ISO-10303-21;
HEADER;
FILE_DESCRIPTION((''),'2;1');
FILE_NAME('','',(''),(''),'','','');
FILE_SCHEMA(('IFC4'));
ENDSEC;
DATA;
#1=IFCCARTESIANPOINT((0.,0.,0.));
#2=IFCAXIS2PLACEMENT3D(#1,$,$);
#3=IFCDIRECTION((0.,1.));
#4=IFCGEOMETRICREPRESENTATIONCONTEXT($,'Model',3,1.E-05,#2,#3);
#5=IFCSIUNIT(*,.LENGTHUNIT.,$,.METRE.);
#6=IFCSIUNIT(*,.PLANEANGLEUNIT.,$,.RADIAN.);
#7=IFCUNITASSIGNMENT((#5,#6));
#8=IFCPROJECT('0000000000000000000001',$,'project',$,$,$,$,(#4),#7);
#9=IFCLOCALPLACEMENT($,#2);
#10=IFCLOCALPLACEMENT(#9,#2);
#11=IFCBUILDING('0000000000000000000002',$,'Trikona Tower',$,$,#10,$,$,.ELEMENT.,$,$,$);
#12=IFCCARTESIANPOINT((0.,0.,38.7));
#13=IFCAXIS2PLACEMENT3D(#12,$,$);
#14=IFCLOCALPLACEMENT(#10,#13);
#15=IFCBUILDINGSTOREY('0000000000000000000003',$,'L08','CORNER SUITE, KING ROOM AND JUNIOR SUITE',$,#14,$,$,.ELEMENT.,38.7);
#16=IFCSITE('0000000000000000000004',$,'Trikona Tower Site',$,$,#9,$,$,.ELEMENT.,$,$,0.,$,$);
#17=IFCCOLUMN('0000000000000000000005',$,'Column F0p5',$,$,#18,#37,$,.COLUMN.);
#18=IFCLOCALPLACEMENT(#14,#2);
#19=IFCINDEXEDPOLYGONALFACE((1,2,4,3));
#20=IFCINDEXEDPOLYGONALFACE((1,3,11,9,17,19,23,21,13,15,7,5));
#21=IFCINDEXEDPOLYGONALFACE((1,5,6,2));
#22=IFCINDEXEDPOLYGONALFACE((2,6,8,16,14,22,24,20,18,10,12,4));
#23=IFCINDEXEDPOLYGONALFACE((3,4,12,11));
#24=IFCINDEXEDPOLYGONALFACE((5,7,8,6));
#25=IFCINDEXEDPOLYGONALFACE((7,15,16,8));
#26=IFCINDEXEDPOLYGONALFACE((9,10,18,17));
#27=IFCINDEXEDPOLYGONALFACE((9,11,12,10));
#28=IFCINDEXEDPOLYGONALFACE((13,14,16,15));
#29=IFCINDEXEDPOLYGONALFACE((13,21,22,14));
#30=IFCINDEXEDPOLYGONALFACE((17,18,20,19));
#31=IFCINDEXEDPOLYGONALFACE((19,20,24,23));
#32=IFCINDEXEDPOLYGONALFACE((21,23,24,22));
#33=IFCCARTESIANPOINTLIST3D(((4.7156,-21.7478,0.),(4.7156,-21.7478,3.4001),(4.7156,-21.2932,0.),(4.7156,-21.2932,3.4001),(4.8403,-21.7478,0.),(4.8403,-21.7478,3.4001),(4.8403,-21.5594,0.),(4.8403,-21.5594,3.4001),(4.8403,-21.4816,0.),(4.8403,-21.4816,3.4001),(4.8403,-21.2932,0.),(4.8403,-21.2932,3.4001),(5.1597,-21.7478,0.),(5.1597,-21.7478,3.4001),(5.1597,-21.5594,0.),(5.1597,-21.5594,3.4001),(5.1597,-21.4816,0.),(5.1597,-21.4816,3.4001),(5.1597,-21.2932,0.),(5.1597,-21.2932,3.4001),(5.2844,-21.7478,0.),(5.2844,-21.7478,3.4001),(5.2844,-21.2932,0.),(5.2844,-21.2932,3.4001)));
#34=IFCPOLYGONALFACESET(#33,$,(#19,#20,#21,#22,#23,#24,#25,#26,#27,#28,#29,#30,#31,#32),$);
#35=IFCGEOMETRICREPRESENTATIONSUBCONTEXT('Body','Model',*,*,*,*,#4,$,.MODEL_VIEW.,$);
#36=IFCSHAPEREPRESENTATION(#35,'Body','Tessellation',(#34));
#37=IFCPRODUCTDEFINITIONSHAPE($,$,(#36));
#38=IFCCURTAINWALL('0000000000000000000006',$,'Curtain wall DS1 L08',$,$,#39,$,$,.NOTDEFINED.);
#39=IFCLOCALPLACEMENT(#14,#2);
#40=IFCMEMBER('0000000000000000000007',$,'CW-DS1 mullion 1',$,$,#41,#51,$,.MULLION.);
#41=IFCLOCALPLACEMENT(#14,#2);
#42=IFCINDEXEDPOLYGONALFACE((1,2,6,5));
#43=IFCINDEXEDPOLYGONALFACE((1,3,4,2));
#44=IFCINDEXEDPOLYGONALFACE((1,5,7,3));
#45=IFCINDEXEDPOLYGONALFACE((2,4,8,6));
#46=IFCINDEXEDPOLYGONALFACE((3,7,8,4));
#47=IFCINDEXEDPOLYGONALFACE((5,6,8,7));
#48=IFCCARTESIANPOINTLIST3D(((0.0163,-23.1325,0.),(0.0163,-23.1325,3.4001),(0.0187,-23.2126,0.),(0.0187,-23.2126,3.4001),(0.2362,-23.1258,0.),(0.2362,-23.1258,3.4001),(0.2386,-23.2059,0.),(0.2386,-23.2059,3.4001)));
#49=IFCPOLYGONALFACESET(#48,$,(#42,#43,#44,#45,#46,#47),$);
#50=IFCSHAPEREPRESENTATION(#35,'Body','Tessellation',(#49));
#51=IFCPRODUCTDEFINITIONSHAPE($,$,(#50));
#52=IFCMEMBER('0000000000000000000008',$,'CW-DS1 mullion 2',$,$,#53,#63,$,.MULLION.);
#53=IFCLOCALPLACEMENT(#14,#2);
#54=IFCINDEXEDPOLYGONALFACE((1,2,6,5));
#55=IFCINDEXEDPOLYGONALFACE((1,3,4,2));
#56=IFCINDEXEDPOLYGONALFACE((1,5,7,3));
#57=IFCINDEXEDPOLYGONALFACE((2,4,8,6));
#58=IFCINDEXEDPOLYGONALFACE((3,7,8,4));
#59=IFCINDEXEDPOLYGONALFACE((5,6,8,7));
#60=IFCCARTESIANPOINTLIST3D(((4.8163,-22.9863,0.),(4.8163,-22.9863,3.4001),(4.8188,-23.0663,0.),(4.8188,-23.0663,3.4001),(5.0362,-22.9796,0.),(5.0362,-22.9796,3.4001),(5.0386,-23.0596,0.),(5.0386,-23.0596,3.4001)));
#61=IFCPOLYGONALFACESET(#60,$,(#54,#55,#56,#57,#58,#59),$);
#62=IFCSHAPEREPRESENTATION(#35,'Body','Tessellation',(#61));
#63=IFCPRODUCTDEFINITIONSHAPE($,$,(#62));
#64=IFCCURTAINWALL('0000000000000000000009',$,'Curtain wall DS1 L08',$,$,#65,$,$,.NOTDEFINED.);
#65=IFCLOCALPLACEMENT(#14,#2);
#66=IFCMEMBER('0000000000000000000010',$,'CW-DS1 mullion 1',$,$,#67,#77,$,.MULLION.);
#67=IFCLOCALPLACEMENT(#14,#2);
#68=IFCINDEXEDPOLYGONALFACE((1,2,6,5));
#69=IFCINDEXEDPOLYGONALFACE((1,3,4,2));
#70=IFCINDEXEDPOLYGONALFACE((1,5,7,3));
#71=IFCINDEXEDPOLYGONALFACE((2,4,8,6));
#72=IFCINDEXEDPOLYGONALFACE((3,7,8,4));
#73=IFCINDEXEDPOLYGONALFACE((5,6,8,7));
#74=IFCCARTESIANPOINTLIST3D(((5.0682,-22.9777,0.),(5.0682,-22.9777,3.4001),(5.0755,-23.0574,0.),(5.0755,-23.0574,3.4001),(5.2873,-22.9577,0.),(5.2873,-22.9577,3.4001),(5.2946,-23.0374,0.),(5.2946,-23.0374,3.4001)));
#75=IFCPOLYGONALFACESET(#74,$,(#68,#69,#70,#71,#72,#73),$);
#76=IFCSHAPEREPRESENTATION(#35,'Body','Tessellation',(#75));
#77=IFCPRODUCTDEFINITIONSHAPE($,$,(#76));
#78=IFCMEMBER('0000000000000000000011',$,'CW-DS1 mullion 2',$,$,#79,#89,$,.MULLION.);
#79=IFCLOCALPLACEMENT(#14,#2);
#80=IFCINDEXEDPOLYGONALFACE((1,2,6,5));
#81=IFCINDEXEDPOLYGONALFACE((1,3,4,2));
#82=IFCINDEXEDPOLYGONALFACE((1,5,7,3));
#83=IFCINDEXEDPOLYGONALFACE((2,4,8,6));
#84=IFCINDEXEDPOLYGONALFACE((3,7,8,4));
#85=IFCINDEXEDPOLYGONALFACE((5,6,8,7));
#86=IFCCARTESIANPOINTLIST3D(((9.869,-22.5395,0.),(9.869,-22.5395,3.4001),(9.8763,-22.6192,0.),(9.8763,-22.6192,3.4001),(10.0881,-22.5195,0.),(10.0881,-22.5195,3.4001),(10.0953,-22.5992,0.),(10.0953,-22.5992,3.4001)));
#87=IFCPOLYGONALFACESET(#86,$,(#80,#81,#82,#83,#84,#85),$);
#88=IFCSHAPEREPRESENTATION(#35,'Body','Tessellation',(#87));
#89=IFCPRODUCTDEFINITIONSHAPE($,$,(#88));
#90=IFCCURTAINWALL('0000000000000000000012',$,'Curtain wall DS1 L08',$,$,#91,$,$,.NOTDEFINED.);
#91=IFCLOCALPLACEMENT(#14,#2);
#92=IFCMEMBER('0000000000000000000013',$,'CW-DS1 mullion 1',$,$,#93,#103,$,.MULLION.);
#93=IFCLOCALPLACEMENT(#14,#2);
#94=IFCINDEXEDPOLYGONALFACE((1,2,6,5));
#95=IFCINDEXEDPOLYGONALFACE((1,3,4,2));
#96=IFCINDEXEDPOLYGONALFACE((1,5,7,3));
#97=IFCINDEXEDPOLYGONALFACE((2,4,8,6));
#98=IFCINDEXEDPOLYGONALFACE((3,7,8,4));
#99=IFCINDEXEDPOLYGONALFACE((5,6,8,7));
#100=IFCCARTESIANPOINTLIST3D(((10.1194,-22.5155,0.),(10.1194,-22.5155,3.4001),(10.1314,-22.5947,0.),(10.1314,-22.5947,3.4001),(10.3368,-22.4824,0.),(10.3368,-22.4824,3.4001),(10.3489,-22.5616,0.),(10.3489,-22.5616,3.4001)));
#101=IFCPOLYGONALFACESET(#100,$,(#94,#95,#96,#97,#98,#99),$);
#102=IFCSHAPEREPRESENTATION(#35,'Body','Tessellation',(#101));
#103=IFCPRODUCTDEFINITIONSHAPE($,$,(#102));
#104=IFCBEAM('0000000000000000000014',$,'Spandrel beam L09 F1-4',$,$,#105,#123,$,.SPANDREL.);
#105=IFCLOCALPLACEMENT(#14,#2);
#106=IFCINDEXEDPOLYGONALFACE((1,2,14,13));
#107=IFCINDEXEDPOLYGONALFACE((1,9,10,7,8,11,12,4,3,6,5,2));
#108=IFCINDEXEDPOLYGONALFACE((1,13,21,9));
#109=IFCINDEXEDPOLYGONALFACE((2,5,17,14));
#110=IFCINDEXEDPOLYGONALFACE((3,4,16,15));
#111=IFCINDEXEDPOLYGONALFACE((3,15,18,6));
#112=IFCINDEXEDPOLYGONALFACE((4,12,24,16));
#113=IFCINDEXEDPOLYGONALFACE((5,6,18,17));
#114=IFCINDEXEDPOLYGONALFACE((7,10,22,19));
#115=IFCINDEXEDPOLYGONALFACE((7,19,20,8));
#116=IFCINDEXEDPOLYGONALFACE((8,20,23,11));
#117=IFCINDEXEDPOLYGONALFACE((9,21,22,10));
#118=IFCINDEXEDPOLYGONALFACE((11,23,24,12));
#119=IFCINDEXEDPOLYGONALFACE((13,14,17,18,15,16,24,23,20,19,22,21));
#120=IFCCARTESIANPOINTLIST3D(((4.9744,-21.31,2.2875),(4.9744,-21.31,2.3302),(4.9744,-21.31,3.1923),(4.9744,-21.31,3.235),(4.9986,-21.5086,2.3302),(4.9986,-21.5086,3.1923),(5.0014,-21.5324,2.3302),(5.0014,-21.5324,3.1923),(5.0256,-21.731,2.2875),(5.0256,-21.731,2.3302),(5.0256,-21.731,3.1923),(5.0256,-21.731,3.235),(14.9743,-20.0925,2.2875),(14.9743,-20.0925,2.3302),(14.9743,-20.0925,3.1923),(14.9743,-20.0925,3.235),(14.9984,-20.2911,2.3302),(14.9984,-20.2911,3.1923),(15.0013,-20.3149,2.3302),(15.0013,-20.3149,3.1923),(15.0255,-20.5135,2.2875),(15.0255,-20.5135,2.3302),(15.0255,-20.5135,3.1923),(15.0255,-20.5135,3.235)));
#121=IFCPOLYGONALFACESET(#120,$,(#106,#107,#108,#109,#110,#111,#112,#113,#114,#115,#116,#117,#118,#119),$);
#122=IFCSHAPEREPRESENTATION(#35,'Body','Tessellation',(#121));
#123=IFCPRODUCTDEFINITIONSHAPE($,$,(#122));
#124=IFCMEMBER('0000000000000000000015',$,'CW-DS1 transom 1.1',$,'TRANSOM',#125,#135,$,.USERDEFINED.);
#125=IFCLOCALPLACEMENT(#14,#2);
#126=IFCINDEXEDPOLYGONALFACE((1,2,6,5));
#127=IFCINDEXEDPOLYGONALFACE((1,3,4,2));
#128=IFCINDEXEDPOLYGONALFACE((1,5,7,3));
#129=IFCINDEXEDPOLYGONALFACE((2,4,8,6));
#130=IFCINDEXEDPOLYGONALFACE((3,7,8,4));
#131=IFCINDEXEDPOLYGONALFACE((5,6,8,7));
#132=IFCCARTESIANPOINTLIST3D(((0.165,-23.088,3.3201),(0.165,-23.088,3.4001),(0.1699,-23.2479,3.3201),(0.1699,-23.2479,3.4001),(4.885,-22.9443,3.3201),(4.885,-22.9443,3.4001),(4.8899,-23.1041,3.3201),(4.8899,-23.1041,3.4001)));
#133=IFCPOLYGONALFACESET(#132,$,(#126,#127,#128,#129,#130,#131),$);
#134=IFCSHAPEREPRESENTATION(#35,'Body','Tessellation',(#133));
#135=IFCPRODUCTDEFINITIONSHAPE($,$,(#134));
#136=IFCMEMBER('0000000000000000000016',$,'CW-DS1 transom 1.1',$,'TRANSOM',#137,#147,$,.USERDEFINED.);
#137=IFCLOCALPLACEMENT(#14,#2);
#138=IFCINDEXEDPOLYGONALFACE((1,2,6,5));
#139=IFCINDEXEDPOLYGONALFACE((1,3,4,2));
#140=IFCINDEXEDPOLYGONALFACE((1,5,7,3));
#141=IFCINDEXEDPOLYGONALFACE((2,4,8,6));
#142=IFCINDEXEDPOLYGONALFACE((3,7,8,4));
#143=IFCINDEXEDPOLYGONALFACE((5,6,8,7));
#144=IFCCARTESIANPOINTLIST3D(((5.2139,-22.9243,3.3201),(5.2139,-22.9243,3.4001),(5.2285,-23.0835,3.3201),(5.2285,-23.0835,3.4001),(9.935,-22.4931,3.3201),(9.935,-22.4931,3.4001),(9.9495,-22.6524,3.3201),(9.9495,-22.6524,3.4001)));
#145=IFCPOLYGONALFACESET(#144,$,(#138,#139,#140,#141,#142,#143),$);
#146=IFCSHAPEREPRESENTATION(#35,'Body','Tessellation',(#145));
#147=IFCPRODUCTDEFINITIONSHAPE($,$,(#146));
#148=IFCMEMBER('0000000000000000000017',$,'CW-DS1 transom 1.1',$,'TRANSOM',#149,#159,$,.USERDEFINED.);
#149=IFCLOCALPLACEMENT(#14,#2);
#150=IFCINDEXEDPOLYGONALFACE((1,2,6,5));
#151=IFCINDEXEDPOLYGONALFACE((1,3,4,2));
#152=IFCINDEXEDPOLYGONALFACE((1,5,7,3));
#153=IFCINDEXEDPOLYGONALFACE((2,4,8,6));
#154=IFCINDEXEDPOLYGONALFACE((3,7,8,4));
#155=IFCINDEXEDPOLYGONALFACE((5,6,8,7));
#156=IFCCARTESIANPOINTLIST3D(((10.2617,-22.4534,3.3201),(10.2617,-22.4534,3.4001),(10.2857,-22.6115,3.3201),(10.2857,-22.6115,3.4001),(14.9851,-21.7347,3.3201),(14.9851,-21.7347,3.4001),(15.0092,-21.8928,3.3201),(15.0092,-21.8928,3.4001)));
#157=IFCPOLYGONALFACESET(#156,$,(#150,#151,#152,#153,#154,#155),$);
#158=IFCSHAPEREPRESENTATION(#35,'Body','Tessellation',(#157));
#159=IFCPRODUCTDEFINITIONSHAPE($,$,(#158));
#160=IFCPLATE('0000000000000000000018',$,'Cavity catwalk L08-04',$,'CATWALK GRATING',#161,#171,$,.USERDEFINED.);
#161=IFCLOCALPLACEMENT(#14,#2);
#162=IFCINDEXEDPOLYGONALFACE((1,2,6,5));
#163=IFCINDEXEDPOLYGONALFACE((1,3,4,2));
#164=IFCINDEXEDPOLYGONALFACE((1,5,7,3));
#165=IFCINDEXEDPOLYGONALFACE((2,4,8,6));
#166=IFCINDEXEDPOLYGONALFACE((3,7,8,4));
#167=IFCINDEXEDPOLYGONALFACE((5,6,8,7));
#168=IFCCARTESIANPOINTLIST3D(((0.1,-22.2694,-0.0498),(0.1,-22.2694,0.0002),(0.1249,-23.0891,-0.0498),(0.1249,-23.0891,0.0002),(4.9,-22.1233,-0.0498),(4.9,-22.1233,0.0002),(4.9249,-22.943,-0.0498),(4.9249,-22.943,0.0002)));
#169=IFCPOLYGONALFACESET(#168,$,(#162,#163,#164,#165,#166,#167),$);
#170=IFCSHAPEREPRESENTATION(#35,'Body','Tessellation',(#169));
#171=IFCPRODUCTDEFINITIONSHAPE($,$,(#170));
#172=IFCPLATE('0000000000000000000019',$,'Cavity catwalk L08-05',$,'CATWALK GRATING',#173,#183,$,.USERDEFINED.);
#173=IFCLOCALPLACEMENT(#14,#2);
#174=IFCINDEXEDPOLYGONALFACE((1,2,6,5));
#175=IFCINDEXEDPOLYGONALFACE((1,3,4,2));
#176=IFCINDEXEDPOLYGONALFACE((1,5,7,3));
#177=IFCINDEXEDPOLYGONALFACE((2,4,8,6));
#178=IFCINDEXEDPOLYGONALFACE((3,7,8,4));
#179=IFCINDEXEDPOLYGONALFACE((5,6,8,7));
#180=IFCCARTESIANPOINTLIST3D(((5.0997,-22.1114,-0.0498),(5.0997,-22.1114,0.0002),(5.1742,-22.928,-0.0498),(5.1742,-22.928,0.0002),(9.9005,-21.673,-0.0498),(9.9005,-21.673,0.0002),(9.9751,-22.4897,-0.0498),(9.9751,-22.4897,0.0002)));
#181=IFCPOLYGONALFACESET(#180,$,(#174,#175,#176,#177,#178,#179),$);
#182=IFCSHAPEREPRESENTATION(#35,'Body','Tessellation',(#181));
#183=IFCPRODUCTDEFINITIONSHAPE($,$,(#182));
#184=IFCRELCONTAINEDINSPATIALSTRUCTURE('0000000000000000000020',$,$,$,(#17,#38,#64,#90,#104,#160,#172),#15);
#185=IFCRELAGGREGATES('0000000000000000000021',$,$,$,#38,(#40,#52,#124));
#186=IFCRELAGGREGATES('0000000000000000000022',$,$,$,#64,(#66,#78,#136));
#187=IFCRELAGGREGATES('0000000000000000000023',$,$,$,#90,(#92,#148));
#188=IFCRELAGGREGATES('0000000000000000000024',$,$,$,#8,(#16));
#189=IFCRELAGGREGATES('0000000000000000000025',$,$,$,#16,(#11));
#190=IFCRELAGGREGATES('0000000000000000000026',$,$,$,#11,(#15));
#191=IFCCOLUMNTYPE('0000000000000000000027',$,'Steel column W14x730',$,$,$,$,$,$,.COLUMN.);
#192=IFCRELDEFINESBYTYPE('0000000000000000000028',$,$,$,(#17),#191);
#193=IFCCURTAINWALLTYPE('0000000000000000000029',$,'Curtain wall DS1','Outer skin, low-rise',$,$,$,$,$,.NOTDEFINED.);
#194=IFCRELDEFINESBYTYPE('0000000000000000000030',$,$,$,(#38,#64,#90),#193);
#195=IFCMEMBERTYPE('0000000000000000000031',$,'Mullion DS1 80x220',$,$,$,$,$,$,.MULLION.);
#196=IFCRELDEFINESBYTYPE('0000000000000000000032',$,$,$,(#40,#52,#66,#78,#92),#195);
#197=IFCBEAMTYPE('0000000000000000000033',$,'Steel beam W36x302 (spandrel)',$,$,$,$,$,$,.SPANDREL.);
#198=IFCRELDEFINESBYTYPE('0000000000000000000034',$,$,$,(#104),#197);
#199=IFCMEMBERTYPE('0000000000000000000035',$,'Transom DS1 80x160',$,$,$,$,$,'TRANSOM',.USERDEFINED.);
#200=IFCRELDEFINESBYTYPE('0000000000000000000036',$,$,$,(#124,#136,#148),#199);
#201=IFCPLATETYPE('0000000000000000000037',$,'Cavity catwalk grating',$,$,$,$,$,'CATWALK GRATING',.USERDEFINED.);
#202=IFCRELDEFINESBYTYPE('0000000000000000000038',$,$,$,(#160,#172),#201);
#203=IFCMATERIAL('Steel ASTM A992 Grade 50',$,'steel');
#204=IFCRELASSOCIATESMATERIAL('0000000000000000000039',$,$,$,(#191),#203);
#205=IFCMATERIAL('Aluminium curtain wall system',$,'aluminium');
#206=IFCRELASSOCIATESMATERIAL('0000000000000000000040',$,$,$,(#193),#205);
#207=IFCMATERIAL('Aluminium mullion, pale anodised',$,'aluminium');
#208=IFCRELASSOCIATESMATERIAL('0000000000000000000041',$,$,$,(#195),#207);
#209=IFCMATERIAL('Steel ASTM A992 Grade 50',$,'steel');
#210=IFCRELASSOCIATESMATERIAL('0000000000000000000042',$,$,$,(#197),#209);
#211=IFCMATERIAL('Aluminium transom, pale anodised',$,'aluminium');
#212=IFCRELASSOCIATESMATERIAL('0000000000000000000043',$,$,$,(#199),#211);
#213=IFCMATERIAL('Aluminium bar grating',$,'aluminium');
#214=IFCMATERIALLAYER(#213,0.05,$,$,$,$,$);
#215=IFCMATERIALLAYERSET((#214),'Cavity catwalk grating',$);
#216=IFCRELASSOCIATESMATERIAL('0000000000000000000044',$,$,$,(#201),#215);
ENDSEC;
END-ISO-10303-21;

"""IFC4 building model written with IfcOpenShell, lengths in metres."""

from ifc_helpers import new_model, si_unit, direction, frame, origin, origin_2d, place, context, subcontext, project, spatial, rectangle, i_section, extrude, material, layer, layer_set, material_profile, profile_set, type_object, element, aggregate, save


model = new_model("IFC4")

# Units and contexts
model_context = context("Model", 3, precision=1e-05, world=origin(), true_north=direction((0.0, 1.0)))
body_context = subcontext(model_context, "Body", "Model", "MODEL_VIEW")
ifc_project = project(units=[si_unit("LENGTHUNIT", "METRE"), si_unit("PLANEANGLEUNIT", "RADIAN")], contexts=[model_context])

# Site, building, storey
site_placement = place(None, origin())
site = spatial("IfcSite", under=ifc_project, at=site_placement, Name="Trikona Tower Site", CompositionType="ELEMENT", RefElevation=0.0)
building_placement = place(site_placement, origin())
building = spatial("IfcBuilding", under=site, at=building_placement, Name="Trikona Tower", CompositionType="ELEMENT")
storey_placement = place(building_placement, frame((0.0, 0.0, 38.7)))
storey = spatial("IfcBuildingStorey", under=building, at=storey_placement, Name="L08", Description="CORNER SUITE, KING ROOM AND JUNIOR SUITE", CompositionType="ELEMENT", Elevation=38.7)

# Column
ifc_material_1 = material(Name="Steel ASTM A992 Grade 50", Category="steel")
ifc_material_profile_1 = material_profile(ifc_material_1, i_section(OverallWidth=0.4546, OverallDepth=0.5688, WebThickness=0.0779, FlangeThickness=0.1248, at=origin_2d()), Name="W14X730")
ifc_profile_set_1 = profile_set([ifc_material_profile_1], Name="Steel ASTM A992 Grade 50")
column_type = type_object("IfcColumnType", Name="Steel column W14x730", PredefinedType="COLUMN", material=ifc_profile_set_1)
column_placement = place(storey_placement, frame((5.0, -21.5205, 0.0), z_axis=(0.0, 0.0, 1.0), x_axis=(0.0, -1.0, 0.0)))
element("IfcColumn", 1, at=column_placement, inside=storey, type_object=column_type, Name="Column F0p5", PredefinedType="COLUMN", context=body_context, shape_type="SweptSolid", body=[
    extrude(i_section(OverallWidth=0.4546, OverallDepth=0.5688, WebThickness=0.0779, FlangeThickness=0.1248, at=origin_2d()), origin(), (0.0, 0.0, 1.0), 3.4001),
])

# Curtain walls, members
ifc_material_2 = material(Name="Aluminium curtain wall system", Category="aluminium")
curtain_wall_type = type_object("IfcCurtainWallType", Name="Curtain wall DS1", Description="Outer skin, low-rise", PredefinedType="NOTDEFINED", material=ifc_material_2)
curtain_wall_1_placement = place(storey_placement, origin())
curtain_wall_1 = element("IfcCurtainWall", 2, at=curtain_wall_1_placement, inside=storey, type_object=curtain_wall_type, Name="Curtain wall DS1 L08", PredefinedType="NOTDEFINED")
ifc_material_3 = material(Name="Aluminium mullion, pale anodised", Category="aluminium")
ifc_material_profile_2 = material_profile(ifc_material_3, rectangle(XDim=0.0801, YDim=0.22, at=origin_2d()), Name="MUL-DS1")
ifc_profile_set_2 = profile_set([ifc_material_profile_2], Name="Aluminium mullion, pale anodised")
member_type_1 = type_object("IfcMemberType", Name="Mullion DS1 80x220", PredefinedType="MULLION", material=ifc_profile_set_2)
member_1_placement = place(storey_placement, frame((0.1274, -23.1692, 0.0), z_axis=(0.0, 0.0, 1.0), x_axis=(-0.030437, 0.999537, 0.0)))
member_1 = element("IfcMember", 3, at=member_1_placement, type_object=member_type_1, Name="CW-DS1 mullion 1", PredefinedType="MULLION", context=body_context, shape_type="SweptSolid", body=[
    extrude(rectangle(XDim=0.0801, YDim=0.22, at=origin_2d()), origin(), (0.0, 0.0, 1.0), 3.4001),
])
member_2_placement = place(storey_placement, frame((4.9275, -23.0229, 0.0), z_axis=(0.0, 0.0, 1.0), x_axis=(-0.030437, 0.999537, 0.0)))
member_2 = element("IfcMember", 4, at=member_2_placement, type_object=member_type_1, Name="CW-DS1 mullion 2", PredefinedType="MULLION", context=body_context, shape_type="SweptSolid", body=[
    extrude(rectangle(XDim=0.0801, YDim=0.22, at=origin_2d()), origin(), (0.0, 0.0, 1.0), 3.4001),
])
curtain_wall_2_placement = place(storey_placement, origin())
curtain_wall_2 = element("IfcCurtainWall", 5, at=curtain_wall_2_placement, inside=storey, type_object=curtain_wall_type, Name="Curtain wall DS1 L08", PredefinedType="NOTDEFINED")
member_3_placement = place(storey_placement, frame((5.1814, -23.0076, 0.0), z_axis=(0.0, 0.0, 1.0), x_axis=(-0.090924, 0.995858, 0.0)))
member_3 = element("IfcMember", 6, at=member_3_placement, type_object=member_type_1, Name="CW-DS1 mullion 1", PredefinedType="MULLION", context=body_context, shape_type="SweptSolid", body=[
    extrude(rectangle(XDim=0.0801, YDim=0.22, at=origin_2d()), origin(), (0.0, 0.0, 1.0), 3.4001),
])
member_4_placement = place(storey_placement, frame((9.9822, -22.5693, 0.0), z_axis=(0.0, 0.0, 1.0), x_axis=(-0.090924, 0.995858, 0.0)))
member_4 = element("IfcMember", 7, at=member_4_placement, type_object=member_type_1, Name="CW-DS1 mullion 2", PredefinedType="MULLION", context=body_context, shape_type="SweptSolid", body=[
    extrude(rectangle(XDim=0.0801, YDim=0.22, at=origin_2d()), origin(), (0.0, 0.0, 1.0), 3.4001),
])

# Curtain wall, member
curtain_wall_3_placement = place(storey_placement, origin())
curtain_wall_3 = element("IfcCurtainWall", 8, at=curtain_wall_3_placement, inside=storey, type_object=curtain_wall_type, Name="Curtain wall DS1 L08", PredefinedType="NOTDEFINED")
member_5_placement = place(storey_placement, frame((10.2341, -22.5386, 0.0), z_axis=(0.0, 0.0, 1.0), x_axis=(-0.150438, 0.988619, 0.0)))
member_5 = element("IfcMember", 9, at=member_5_placement, type_object=member_type_1, Name="CW-DS1 mullion 1", PredefinedType="MULLION", context=body_context, shape_type="SweptSolid", body=[
    extrude(rectangle(XDim=0.0801, YDim=0.22, at=origin_2d()), origin(), (0.0, 0.0, 1.0), 3.4001),
])

# Beam
ifc_material_4 = material(Name="Steel ASTM A992 Grade 50", Category="steel")
ifc_material_profile_3 = material_profile(ifc_material_4, i_section(OverallWidth=0.4241, OverallDepth=0.9475, WebThickness=0.0239, FlangeThickness=0.0427, at=origin_2d()), Name="W36X302")
ifc_profile_set_3 = profile_set([ifc_material_profile_3], Name="Steel ASTM A992 Grade 50")
beam_type = type_object("IfcBeamType", Name="Steel beam W36x302 (spandrel)", PredefinedType="SPANDREL", material=ifc_profile_set_3)
beam_placement = place(storey_placement, frame((5.0, -21.5205, 2.7612), z_axis=(0.99267, 0.12086, 0.0), x_axis=(-0.12086, 0.99267, 0.0)))
element("IfcBeam", 10, at=beam_placement, inside=storey, type_object=beam_type, Name="Spandrel beam L09 F1-4", PredefinedType="SPANDREL", context=body_context, shape_type="SweptSolid", body=[
    extrude(i_section(OverallWidth=0.4241, OverallDepth=0.9475, WebThickness=0.0239, FlangeThickness=0.0427, at=origin_2d()), origin(), (0.0, 0.0, 1.0), 10.0737),
])

# Members
ifc_material_5 = material(Name="Aluminium transom, pale anodised", Category="aluminium")
ifc_material_profile_4 = material_profile(ifc_material_5, rectangle(XDim=0.1599, YDim=0.0801, at=origin_2d()), Name="TRN-DS1")
ifc_profile_set_4 = profile_set([ifc_material_profile_4], Name="Aluminium transom, pale anodised")
member_type_2 = type_object("IfcMemberType", Name="Transom DS1 80x160", ElementType="TRANSOM", PredefinedType="USERDEFINED", material=ifc_profile_set_4)
member_6_placement = place(storey_placement, frame((0.1675, -23.168, 3.3601), z_axis=(0.999536, 0.030452, 0.0), x_axis=(-0.030452, 0.999536, 0.0)))
member_6 = element("IfcMember", 11, at=member_6_placement, type_object=member_type_2, Name="CW-DS1 transom 1.1", ObjectType="TRANSOM", PredefinedType="USERDEFINED", context=body_context, shape_type="SweptSolid", body=[
    extrude(rectangle(XDim=0.1599, YDim=0.0801, at=origin_2d()), origin(), (0.0, 0.0, 1.0), 4.7222),
])
member_7_placement = place(storey_placement, frame((5.2212, -23.0039, 3.3601), z_axis=(0.995856, 0.090944, 0.0), x_axis=(-0.090944, 0.995856, 0.0)))
member_7 = element("IfcMember", 12, at=member_7_placement, type_object=member_type_2, Name="CW-DS1 transom 1.1", ObjectType="TRANSOM", PredefinedType="USERDEFINED", context=body_context, shape_type="SweptSolid", body=[
    extrude(rectangle(XDim=0.1599, YDim=0.0801, at=origin_2d()), origin(), (0.0, 0.0, 1.0), 4.7407),
])
member_8_placement = place(storey_placement, frame((10.2737, -22.5325, 3.3601), z_axis=(0.98862, 0.150437, 0.0), x_axis=(-0.150437, 0.98862, 0.0)))
member_8 = element("IfcMember", 13, at=member_8_placement, type_object=member_type_2, Name="CW-DS1 transom 1.1", ObjectType="TRANSOM", PredefinedType="USERDEFINED", context=body_context, shape_type="SweptSolid", body=[
    extrude(rectangle(XDim=0.1599, YDim=0.0801, at=origin_2d()), origin(), (0.0, 0.0, 1.0), 4.7778),
])

# Plates
ifc_material_6 = material(Name="Aluminium bar grating", Category="aluminium")
ifc_layer_1 = layer(ifc_material_6, 0.05)
ifc_layer_set_1 = layer_set([ifc_layer_1], Name="Cavity catwalk grating")
plate_type_1 = type_object("IfcPlateType", Name="Cavity catwalk grating", ElementType="CATWALK GRATING", PredefinedType="USERDEFINED", material=ifc_layer_set_1)
plate_1_placement = place(storey_placement, frame((2.5125, -22.6062, -0.0498), z_axis=(0.0, 0.0, 1.0), x_axis=(0.999537, 0.030425, 0.0)))
element("IfcPlate", 14, at=plate_1_placement, inside=storey, type_object=plate_type_1, Name="Cavity catwalk L08-04", ObjectType="CATWALK GRATING", PredefinedType="USERDEFINED", context=body_context, shape_type="SweptSolid", body=[
    extrude(rectangle(XDim=4.8022, YDim=0.8201, at=origin_2d()), origin(), (0.0, 0.0, 1.0), 0.05),
])
plate_2_placement = place(storey_placement, frame((7.5374, -22.3005, -0.0498), z_axis=(0.0, 0.0, 1.0), x_axis=(0.995858, 0.090921, 0.0)))
element("IfcPlate", 15, at=plate_2_placement, inside=storey, type_object=plate_type_1, Name="Cavity catwalk L08-05", ObjectType="CATWALK GRATING", PredefinedType="USERDEFINED", context=body_context, shape_type="SweptSolid", body=[
    extrude(rectangle(XDim=4.8208, YDim=0.8201, at=origin_2d()), origin(), (0.0, 0.0, 1.0), 0.05),
])

aggregate(curtain_wall_1, [member_1, member_2, member_6])
aggregate(curtain_wall_2, [member_3, member_4, member_7])
aggregate(curtain_wall_3, [member_5, member_8])

save(model, "model.ifc")
